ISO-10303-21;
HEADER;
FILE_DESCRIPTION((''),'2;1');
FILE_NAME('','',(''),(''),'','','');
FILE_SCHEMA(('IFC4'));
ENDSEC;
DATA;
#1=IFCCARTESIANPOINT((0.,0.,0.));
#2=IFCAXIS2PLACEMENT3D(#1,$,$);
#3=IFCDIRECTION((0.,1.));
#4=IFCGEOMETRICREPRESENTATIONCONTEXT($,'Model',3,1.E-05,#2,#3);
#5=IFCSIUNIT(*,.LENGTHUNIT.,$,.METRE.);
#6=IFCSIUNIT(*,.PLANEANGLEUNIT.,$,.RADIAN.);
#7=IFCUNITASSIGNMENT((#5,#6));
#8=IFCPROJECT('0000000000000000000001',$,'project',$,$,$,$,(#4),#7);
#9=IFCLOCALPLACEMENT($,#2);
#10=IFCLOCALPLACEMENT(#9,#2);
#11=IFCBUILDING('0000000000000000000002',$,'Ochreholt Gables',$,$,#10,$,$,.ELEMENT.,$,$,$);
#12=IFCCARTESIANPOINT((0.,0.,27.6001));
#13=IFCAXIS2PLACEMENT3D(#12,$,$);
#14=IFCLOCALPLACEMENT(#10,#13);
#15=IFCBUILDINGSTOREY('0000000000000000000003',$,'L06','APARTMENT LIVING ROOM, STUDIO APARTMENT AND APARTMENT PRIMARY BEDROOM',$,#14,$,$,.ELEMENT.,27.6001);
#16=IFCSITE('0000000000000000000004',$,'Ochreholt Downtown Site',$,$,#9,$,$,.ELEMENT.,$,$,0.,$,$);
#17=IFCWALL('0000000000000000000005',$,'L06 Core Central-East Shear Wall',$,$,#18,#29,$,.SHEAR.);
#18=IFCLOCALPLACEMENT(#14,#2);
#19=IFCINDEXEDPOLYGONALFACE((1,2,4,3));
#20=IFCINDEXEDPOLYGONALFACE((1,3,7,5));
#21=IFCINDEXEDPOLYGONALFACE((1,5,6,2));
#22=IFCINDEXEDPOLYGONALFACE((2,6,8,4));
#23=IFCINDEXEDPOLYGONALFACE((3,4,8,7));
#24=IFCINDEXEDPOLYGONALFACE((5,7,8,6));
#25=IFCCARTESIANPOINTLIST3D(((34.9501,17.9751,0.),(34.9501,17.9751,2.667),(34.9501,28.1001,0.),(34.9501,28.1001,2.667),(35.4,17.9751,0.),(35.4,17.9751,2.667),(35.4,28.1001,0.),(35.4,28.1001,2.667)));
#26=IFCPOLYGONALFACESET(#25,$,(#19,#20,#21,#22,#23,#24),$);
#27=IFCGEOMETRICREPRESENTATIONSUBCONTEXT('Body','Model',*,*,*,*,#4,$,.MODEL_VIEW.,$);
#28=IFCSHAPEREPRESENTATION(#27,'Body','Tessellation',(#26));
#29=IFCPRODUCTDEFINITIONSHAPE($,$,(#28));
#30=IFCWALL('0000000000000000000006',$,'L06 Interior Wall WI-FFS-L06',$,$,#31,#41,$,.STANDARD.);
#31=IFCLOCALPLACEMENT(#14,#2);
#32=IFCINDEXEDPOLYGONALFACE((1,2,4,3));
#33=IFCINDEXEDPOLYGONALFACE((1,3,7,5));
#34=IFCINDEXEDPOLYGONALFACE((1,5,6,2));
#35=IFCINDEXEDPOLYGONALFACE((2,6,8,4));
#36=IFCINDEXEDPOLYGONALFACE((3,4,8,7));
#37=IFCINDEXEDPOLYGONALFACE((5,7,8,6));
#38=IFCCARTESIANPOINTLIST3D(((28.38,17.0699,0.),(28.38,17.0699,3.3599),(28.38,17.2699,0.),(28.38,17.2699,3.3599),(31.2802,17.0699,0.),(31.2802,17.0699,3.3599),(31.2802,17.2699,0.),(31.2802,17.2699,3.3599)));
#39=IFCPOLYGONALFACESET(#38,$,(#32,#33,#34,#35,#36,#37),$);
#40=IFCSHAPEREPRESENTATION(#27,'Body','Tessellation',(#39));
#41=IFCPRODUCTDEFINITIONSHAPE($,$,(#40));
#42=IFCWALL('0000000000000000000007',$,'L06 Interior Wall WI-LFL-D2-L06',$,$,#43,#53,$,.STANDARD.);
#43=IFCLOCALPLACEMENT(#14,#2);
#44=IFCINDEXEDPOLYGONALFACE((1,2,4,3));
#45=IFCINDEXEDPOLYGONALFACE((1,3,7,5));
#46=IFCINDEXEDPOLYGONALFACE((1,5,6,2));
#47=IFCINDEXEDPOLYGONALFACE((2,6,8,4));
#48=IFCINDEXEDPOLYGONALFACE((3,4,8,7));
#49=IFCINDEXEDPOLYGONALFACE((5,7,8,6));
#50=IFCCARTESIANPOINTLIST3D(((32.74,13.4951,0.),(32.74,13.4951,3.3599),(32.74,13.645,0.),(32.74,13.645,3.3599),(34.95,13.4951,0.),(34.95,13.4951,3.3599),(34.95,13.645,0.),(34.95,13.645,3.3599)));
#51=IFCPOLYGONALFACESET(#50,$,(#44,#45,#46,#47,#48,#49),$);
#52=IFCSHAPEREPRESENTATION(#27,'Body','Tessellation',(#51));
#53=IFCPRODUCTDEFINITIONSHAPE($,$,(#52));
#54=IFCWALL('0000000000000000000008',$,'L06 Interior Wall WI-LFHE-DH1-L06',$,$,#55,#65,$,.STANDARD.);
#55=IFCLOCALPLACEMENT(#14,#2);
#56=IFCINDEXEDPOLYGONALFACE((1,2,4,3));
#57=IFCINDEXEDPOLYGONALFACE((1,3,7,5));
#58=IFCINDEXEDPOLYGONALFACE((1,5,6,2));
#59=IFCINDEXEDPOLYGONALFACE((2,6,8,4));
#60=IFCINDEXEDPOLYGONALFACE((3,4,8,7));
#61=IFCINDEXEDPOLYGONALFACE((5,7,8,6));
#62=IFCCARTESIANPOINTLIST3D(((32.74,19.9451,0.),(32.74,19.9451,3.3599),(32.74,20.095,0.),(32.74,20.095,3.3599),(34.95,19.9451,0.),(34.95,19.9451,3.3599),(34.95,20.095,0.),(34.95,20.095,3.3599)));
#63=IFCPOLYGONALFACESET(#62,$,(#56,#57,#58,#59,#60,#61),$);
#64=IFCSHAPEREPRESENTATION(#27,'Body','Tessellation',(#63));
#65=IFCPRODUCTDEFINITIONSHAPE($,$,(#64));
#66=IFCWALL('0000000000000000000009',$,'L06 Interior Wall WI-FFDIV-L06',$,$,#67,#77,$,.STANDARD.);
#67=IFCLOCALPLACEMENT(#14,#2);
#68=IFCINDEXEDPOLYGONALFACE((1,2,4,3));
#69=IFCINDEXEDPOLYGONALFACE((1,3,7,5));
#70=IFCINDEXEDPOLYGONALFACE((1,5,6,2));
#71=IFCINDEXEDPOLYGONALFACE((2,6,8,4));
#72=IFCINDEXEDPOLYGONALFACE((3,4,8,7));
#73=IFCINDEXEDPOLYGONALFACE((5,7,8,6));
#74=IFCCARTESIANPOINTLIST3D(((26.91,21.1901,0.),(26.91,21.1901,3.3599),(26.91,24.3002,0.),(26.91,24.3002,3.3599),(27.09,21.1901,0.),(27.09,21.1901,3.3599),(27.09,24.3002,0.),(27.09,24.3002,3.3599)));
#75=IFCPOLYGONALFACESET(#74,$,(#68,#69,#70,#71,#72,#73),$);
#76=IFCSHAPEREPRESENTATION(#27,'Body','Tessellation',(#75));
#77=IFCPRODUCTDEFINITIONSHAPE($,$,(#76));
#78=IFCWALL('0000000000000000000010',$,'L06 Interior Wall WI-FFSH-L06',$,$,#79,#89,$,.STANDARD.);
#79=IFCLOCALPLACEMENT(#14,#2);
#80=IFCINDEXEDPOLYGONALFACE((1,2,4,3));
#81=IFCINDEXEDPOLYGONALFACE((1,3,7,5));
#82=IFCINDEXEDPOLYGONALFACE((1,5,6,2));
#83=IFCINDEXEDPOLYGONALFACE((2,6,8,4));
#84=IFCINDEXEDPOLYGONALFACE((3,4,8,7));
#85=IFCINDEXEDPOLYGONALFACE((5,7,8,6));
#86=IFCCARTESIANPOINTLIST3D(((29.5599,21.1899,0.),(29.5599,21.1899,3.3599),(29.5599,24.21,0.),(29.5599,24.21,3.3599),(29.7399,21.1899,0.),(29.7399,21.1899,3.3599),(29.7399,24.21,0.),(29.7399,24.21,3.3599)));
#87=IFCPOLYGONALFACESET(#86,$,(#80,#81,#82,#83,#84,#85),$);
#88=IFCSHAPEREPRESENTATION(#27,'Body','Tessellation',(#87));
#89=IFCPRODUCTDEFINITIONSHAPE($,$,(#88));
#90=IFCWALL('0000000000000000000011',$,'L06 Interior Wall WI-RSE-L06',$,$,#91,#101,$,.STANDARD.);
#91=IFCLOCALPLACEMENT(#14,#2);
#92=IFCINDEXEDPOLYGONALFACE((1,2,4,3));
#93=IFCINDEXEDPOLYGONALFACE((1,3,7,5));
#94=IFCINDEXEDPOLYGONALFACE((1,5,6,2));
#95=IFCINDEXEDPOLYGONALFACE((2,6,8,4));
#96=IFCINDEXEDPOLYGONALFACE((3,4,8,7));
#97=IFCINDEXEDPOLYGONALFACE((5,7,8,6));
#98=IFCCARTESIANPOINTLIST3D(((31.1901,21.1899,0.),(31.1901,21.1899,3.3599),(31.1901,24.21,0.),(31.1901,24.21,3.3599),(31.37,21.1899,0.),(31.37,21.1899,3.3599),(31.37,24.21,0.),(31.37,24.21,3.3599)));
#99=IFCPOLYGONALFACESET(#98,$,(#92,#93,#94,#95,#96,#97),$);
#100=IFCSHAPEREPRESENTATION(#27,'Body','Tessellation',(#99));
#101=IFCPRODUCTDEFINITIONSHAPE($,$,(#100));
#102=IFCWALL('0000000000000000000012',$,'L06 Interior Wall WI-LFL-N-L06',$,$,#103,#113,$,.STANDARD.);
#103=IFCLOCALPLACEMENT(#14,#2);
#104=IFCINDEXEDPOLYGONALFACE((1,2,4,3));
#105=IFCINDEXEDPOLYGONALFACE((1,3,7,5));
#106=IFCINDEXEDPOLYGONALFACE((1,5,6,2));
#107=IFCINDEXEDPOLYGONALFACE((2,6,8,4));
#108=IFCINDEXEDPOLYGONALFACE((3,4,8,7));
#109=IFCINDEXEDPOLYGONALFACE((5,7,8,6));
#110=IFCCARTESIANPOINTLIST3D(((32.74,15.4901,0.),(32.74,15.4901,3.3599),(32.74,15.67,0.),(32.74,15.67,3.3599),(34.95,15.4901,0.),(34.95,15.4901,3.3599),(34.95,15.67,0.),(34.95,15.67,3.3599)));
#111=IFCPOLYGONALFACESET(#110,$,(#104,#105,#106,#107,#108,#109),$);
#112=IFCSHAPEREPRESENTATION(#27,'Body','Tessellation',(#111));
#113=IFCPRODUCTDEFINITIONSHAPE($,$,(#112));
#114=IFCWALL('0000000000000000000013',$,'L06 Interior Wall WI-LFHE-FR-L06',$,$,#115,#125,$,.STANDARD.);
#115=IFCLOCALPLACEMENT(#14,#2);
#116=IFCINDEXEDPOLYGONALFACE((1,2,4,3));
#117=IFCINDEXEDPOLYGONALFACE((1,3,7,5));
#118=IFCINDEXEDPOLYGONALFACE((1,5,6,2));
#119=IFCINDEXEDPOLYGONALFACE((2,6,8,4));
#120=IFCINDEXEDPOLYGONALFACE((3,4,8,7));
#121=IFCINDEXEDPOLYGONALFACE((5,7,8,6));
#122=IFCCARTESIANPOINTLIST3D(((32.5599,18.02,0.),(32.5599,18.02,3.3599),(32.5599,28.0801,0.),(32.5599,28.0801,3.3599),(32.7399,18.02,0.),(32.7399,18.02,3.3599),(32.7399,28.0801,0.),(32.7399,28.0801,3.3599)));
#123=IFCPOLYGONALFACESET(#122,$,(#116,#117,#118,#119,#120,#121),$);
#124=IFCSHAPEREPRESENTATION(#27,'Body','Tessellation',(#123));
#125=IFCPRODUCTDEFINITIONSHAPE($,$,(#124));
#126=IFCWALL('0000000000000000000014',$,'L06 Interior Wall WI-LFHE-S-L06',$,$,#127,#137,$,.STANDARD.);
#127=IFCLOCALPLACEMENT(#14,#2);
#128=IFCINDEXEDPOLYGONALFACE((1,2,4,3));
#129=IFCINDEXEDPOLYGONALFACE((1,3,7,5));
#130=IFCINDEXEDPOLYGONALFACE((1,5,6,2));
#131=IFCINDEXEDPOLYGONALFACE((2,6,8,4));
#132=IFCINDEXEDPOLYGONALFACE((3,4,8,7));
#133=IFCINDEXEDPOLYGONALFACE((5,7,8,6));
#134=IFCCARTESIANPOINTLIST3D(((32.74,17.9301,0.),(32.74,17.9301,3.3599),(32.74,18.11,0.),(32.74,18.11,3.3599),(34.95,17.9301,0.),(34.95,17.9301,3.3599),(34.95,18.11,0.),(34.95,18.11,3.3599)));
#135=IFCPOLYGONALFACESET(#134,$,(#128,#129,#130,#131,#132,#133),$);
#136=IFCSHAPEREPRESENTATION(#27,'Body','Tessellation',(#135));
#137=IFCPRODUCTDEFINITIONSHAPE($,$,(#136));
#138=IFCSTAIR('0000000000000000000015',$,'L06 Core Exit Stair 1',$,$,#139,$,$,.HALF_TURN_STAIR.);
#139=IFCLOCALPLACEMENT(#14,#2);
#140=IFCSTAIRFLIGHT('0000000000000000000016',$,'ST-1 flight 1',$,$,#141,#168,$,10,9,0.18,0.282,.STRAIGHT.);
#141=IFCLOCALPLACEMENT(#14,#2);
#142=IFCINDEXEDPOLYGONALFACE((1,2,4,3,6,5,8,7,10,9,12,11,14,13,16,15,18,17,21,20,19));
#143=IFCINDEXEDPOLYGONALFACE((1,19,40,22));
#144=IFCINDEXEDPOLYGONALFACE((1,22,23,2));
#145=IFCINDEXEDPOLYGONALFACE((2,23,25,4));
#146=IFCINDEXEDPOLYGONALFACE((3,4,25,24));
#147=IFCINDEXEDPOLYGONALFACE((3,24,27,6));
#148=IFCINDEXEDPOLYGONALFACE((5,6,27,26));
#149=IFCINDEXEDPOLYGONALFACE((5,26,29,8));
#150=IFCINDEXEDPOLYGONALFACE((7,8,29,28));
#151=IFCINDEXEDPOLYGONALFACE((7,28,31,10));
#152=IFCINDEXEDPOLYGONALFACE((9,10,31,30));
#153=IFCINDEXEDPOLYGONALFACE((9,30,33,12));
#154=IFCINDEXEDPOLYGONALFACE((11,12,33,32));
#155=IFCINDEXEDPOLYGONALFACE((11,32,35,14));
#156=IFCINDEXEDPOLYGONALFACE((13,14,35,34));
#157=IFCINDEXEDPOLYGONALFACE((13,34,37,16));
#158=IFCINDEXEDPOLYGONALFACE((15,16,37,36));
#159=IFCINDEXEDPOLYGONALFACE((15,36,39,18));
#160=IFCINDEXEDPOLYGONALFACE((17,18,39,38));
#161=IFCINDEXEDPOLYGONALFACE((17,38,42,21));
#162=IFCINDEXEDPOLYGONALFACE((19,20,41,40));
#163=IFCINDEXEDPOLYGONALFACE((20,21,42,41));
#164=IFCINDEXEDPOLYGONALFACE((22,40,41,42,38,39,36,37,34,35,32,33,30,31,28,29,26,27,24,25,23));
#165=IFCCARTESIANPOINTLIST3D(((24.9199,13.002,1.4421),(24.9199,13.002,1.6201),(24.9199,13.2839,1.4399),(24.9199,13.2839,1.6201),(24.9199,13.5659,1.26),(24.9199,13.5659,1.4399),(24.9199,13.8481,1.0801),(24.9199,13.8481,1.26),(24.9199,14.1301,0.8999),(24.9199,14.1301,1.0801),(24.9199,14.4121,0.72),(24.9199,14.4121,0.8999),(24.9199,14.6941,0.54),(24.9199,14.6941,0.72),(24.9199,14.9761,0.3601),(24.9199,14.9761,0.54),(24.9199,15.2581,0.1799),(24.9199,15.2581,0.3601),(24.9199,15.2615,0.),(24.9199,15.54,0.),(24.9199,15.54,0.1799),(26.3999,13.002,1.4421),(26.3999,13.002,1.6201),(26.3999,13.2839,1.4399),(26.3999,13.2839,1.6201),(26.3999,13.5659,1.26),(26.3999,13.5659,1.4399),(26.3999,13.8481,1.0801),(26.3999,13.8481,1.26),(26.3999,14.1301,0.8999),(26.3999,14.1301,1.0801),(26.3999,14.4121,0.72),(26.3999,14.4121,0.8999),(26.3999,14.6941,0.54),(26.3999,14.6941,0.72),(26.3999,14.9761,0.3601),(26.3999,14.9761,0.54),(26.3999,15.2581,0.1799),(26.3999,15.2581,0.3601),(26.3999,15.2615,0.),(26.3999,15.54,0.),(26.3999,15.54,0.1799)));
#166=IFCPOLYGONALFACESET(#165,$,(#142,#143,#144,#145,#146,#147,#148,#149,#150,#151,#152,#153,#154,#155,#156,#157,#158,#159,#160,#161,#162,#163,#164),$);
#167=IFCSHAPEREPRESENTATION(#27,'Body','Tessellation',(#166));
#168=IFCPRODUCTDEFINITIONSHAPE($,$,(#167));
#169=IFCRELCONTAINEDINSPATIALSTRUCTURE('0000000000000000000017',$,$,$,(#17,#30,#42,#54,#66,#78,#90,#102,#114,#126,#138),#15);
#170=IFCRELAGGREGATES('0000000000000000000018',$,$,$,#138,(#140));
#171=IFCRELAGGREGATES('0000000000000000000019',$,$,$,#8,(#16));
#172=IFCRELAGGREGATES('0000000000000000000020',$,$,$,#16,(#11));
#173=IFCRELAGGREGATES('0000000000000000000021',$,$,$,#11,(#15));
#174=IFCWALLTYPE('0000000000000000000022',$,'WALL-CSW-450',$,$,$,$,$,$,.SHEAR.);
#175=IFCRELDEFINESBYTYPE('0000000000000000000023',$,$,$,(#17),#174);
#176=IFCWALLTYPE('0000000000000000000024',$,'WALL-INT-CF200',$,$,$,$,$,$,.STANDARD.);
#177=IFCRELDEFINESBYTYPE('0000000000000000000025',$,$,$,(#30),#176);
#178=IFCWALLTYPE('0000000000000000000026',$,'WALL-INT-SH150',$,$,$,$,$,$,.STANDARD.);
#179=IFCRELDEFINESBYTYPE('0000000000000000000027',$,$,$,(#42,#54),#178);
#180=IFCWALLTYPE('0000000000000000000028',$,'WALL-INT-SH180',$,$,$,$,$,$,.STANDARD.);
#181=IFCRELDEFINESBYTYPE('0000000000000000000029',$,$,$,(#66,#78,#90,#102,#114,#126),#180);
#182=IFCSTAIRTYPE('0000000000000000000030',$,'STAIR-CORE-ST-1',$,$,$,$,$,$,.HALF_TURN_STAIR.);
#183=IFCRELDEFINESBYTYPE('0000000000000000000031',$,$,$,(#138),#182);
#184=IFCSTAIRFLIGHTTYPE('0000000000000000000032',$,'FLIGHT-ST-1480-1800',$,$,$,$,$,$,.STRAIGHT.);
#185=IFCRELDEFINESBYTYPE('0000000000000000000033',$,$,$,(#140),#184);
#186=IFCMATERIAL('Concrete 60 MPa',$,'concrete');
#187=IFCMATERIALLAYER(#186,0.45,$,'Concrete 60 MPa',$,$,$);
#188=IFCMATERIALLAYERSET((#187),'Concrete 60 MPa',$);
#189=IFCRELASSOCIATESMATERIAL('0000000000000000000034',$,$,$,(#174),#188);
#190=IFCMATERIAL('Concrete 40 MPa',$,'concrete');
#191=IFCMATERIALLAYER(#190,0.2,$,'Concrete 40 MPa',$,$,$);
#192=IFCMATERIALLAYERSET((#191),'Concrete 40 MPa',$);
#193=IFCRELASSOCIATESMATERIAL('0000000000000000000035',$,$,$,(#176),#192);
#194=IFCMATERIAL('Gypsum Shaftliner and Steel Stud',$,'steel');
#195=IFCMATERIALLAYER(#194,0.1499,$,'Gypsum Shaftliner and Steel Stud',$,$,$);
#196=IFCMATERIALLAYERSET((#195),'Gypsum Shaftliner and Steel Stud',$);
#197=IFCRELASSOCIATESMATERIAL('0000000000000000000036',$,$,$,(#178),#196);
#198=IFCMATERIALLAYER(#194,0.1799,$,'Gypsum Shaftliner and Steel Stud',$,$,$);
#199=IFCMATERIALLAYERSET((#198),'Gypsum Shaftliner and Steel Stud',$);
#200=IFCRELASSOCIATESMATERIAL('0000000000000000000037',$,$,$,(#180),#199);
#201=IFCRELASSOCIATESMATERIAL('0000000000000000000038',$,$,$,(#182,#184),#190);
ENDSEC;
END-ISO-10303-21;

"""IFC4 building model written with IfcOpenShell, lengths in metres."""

from ifc_helpers import new_model, si_unit, direction, frame, frame_2d, origin, place, context, subcontext, project, spatial, polyline, rectangle, outline, extrude, material, layer, layer_set, type_object, element, aggregate, save


model = new_model("IFC4")

# Units and contexts
model_context = context("Model", 3, precision=1e-05, world=origin(), true_north=direction((0.0, 1.0)))
body_context = subcontext(model_context, "Body", "Model", "MODEL_VIEW")
ifc_project = project(units=[si_unit("LENGTHUNIT", "METRE"), si_unit("PLANEANGLEUNIT", "RADIAN")], contexts=[model_context])

# Site, building, storey
site_placement = place(None, origin())
site = spatial("IfcSite", under=ifc_project, at=site_placement, Name="Ochreholt Downtown Site", CompositionType="ELEMENT", RefElevation=0.0)
building_placement = place(site_placement, origin())
building = spatial("IfcBuilding", under=site, at=building_placement, Name="Ochreholt Gables", CompositionType="ELEMENT")
storey_placement = place(building_placement, frame((0.0, 0.0, 27.6001)))
storey = spatial("IfcBuildingStorey", under=building, at=storey_placement, Name="L06", Description="APARTMENT LIVING ROOM, STUDIO APARTMENT AND APARTMENT PRIMARY BEDROOM", CompositionType="ELEMENT", Elevation=27.6001)

# Walls
ifc_material_1 = material(Name="Concrete 60 MPa", Category="concrete")
ifc_layer_1 = layer(ifc_material_1, 0.45, Name="Concrete 60 MPa")
ifc_layer_set_1 = layer_set([ifc_layer_1], Name="Concrete 60 MPa")
wall_type_1 = type_object("IfcWallType", Name="WALL-CSW-450", PredefinedType="SHEAR", material=ifc_layer_set_1)
wall_1_placement = place(storey_placement, frame((35.175, 17.9751, 0.0), z_axis=(0.0, 0.0, 1.0), x_axis=(0.0, 1.0, 0.0)))
element("IfcWall", 1, at=wall_1_placement, inside=storey, type_object=wall_type_1, Name="L06 Core Central-East Shear Wall", PredefinedType="SHEAR", context=body_context, shape_type="SweptSolid", body=[
    extrude(rectangle(XDim=10.125, YDim=0.45, at=frame_2d((5.0625, 0.0))), origin(), (0.0, 0.0, 1.0), 2.667),
])
ifc_material_2 = material(Name="Concrete 40 MPa", Category="concrete")
ifc_layer_2 = layer(ifc_material_2, 0.2, Name="Concrete 40 MPa")
ifc_layer_set_2 = layer_set([ifc_layer_2], Name="Concrete 40 MPa")
wall_type_2 = type_object("IfcWallType", Name="WALL-INT-CF200", PredefinedType="STANDARD", material=ifc_layer_set_2)
wall_2_placement = place(storey_placement, frame((28.3799, 17.1699, 0.0), z_axis=(0.0, 0.0, 1.0), x_axis=(1.0, 0.0, 0.0)))
element("IfcWall", 2, at=wall_2_placement, inside=storey, type_object=wall_type_2, Name="L06 Interior Wall WI-FFS-L06", PredefinedType="STANDARD", context=body_context, shape_type="SweptSolid", body=[
    extrude(rectangle(XDim=2.9001, YDim=0.2, at=frame_2d((1.4502, 0.0))), origin(), (0.0, 0.0, 1.0), 3.3599),
])

# Walls
ifc_material_3 = material(Name="Gypsum Shaftliner and Steel Stud", Category="steel")
ifc_layer_3 = layer(ifc_material_3, 0.1499, Name="Gypsum Shaftliner and Steel Stud")
ifc_layer_set_3 = layer_set([ifc_layer_3], Name="Gypsum Shaftliner and Steel Stud")
wall_type_3 = type_object("IfcWallType", Name="WALL-INT-SH150", PredefinedType="STANDARD", material=ifc_layer_set_3)
for number, where, z_axis, x_axis, name in (
    (3, (32.74, 13.5701, 0.0), (0.0, 0.0, 1.0), (1.0, 0.0, 0.0), "L06 Interior Wall WI-LFL-D2-L06"),
    (4, (32.74, 20.02, 0.0), (0.0, 0.0, 1.0), (1.0, 0.0, 0.0), "L06 Interior Wall WI-LFHE-DH1-L06"),
):
    element("IfcWall", number, at=place(storey_placement, frame(where, z_axis=z_axis, x_axis=x_axis)), inside=storey, type_object=wall_type_3, Name=name, PredefinedType="STANDARD", context=body_context, shape_type="SweptSolid", body=[
        extrude(rectangle(XDim=2.21, YDim=0.1499, at=frame_2d((1.105, 0.0))), origin(), (0.0, 0.0, 1.0), 3.3599),
    ])
ifc_layer_4 = layer(ifc_material_3, 0.1799, Name="Gypsum Shaftliner and Steel Stud")
ifc_layer_set_4 = layer_set([ifc_layer_4], Name="Gypsum Shaftliner and Steel Stud")
wall_type_4 = type_object("IfcWallType", Name="WALL-INT-SH180", PredefinedType="STANDARD", material=ifc_layer_set_4)
wall_3_placement = place(storey_placement, frame((27.0, 21.1899, 0.0), z_axis=(0.0, 0.0, 1.0), x_axis=(0.0, 1.0, 0.0)))
element("IfcWall", 5, at=wall_3_placement, inside=storey, type_object=wall_type_4, Name="L06 Interior Wall WI-FFDIV-L06", PredefinedType="STANDARD", context=body_context, shape_type="SweptSolid", body=[
    extrude(rectangle(XDim=3.1101, YDim=0.1799, at=frame_2d((1.5552, 0.0))), origin(), (0.0, 0.0, 1.0), 3.3599),
])
for number, where, z_axis, x_axis, name in (
    (6, (29.6499, 21.1899, 0.0), (0.0, 0.0, 1.0), (0.0, 1.0, 0.0), "L06 Interior Wall WI-FFSH-L06"),
    (7, (31.28, 21.1899, 0.0), (0.0, 0.0, 1.0), (0.0, 1.0, 0.0), "L06 Interior Wall WI-RSE-L06"),
):
    element("IfcWall", number, at=place(storey_placement, frame(where, z_axis=z_axis, x_axis=x_axis)), inside=storey, type_object=wall_type_4, Name=name, PredefinedType="STANDARD", context=body_context, shape_type="SweptSolid", body=[
        extrude(rectangle(XDim=3.02, YDim=0.1799, at=frame_2d((1.51, 0.0))), origin(), (0.0, 0.0, 1.0), 3.3599),
    ])
wall_4_placement = place(storey_placement, frame((32.74, 15.5801, 0.0), z_axis=(0.0, 0.0, 1.0), x_axis=(1.0, 0.0, 0.0)))
element("IfcWall", 8, at=wall_4_placement, inside=storey, type_object=wall_type_4, Name="L06 Interior Wall WI-LFL-N-L06", PredefinedType="STANDARD", context=body_context, shape_type="SweptSolid", body=[
    extrude(rectangle(XDim=2.21, YDim=0.1799, at=frame_2d((1.105, 0.0))), origin(), (0.0, 0.0, 1.0), 3.3599),
])
wall_5_placement = place(storey_placement, frame((32.6499, 18.02, 0.0), z_axis=(0.0, 0.0, 1.0), x_axis=(0.0, 1.0, 0.0)))
element("IfcWall", 9, at=wall_5_placement, inside=storey, type_object=wall_type_4, Name="L06 Interior Wall WI-LFHE-FR-L06", PredefinedType="STANDARD", context=body_context, shape_type="SweptSolid", body=[
    extrude(rectangle(XDim=10.0601, YDim=0.1799, at=frame_2d((5.03, 0.0))), origin(), (0.0, 0.0, 1.0), 3.3599),
])
wall_6_placement = place(storey_placement, frame((32.74, 18.02, 0.0), z_axis=(0.0, 0.0, 1.0), x_axis=(1.0, 0.0, 0.0)))
element("IfcWall", 10, at=wall_6_placement, inside=storey, type_object=wall_type_4, Name="L06 Interior Wall WI-LFHE-S-L06", PredefinedType="STANDARD", context=body_context, shape_type="SweptSolid", body=[
    extrude(rectangle(XDim=2.21, YDim=0.1799, at=frame_2d((1.105, 0.0))), origin(), (0.0, 0.0, 1.0), 3.3599),
])

# Stair, stair flight
stair_type = type_object("IfcStairType", Name="STAIR-CORE-ST-1", PredefinedType="HALF_TURN_STAIR", material=ifc_material_2)
stair_placement = place(storey_placement, origin())
stair = element("IfcStair", 11, at=stair_placement, inside=storey, type_object=stair_type, Name="L06 Core Exit Stair 1", PredefinedType="HALF_TURN_STAIR")
stair_flight_type = type_object("IfcStairFlightType", Name="FLIGHT-ST-1480-1800", PredefinedType="STRAIGHT", material=ifc_material_2)
stair_flight_placement = place(storey_placement, frame((25.6599, 15.54, 0.0), z_axis=(0.0, 0.0, 1.0), x_axis=(0.0, -1.0, 0.0)))
stair_flight = element("IfcStairFlight", 12, at=stair_flight_placement, type_object=stair_flight_type, Name="ST-1 flight 1", NumberOfRisers=10, NumberOfTreads=9, PredefinedType="STRAIGHT", RiserHeight=0.18, TreadLength=0.282, context=body_context, shape_type="SweptSolid", body=[
    extrude(outline(polyline([(0.0, 0.0), (0.0, 0.1799), (0.282, 0.1799), (0.282, 0.3601), (0.564, 0.3601), (0.564, 0.54), (0.8459, 0.54), (0.8459, 0.72), (1.1279, 0.72), (1.1279, 0.8999), (1.4099, 0.8999), (1.4099, 1.0801), (1.6919, 1.0801), (1.6919, 1.26), (1.9741, 1.26), (1.9741, 1.4399), (2.2561, 1.4399), (2.2561, 1.6201), (2.5381, 1.6201), (2.5381, 1.8), (2.5381, 1.4421), (0.2786, 0.0), (0.0, 0.0)])), frame((0.0, 0.74, 0.0), z_axis=(0.0, -1.0, 0.0), x_axis=(1.0, 0.0, 0.0)), (0.0, 0.0, 1.0), 1.48),
])
aggregate(stair, [stair_flight])

save(model, "model.ifc")
